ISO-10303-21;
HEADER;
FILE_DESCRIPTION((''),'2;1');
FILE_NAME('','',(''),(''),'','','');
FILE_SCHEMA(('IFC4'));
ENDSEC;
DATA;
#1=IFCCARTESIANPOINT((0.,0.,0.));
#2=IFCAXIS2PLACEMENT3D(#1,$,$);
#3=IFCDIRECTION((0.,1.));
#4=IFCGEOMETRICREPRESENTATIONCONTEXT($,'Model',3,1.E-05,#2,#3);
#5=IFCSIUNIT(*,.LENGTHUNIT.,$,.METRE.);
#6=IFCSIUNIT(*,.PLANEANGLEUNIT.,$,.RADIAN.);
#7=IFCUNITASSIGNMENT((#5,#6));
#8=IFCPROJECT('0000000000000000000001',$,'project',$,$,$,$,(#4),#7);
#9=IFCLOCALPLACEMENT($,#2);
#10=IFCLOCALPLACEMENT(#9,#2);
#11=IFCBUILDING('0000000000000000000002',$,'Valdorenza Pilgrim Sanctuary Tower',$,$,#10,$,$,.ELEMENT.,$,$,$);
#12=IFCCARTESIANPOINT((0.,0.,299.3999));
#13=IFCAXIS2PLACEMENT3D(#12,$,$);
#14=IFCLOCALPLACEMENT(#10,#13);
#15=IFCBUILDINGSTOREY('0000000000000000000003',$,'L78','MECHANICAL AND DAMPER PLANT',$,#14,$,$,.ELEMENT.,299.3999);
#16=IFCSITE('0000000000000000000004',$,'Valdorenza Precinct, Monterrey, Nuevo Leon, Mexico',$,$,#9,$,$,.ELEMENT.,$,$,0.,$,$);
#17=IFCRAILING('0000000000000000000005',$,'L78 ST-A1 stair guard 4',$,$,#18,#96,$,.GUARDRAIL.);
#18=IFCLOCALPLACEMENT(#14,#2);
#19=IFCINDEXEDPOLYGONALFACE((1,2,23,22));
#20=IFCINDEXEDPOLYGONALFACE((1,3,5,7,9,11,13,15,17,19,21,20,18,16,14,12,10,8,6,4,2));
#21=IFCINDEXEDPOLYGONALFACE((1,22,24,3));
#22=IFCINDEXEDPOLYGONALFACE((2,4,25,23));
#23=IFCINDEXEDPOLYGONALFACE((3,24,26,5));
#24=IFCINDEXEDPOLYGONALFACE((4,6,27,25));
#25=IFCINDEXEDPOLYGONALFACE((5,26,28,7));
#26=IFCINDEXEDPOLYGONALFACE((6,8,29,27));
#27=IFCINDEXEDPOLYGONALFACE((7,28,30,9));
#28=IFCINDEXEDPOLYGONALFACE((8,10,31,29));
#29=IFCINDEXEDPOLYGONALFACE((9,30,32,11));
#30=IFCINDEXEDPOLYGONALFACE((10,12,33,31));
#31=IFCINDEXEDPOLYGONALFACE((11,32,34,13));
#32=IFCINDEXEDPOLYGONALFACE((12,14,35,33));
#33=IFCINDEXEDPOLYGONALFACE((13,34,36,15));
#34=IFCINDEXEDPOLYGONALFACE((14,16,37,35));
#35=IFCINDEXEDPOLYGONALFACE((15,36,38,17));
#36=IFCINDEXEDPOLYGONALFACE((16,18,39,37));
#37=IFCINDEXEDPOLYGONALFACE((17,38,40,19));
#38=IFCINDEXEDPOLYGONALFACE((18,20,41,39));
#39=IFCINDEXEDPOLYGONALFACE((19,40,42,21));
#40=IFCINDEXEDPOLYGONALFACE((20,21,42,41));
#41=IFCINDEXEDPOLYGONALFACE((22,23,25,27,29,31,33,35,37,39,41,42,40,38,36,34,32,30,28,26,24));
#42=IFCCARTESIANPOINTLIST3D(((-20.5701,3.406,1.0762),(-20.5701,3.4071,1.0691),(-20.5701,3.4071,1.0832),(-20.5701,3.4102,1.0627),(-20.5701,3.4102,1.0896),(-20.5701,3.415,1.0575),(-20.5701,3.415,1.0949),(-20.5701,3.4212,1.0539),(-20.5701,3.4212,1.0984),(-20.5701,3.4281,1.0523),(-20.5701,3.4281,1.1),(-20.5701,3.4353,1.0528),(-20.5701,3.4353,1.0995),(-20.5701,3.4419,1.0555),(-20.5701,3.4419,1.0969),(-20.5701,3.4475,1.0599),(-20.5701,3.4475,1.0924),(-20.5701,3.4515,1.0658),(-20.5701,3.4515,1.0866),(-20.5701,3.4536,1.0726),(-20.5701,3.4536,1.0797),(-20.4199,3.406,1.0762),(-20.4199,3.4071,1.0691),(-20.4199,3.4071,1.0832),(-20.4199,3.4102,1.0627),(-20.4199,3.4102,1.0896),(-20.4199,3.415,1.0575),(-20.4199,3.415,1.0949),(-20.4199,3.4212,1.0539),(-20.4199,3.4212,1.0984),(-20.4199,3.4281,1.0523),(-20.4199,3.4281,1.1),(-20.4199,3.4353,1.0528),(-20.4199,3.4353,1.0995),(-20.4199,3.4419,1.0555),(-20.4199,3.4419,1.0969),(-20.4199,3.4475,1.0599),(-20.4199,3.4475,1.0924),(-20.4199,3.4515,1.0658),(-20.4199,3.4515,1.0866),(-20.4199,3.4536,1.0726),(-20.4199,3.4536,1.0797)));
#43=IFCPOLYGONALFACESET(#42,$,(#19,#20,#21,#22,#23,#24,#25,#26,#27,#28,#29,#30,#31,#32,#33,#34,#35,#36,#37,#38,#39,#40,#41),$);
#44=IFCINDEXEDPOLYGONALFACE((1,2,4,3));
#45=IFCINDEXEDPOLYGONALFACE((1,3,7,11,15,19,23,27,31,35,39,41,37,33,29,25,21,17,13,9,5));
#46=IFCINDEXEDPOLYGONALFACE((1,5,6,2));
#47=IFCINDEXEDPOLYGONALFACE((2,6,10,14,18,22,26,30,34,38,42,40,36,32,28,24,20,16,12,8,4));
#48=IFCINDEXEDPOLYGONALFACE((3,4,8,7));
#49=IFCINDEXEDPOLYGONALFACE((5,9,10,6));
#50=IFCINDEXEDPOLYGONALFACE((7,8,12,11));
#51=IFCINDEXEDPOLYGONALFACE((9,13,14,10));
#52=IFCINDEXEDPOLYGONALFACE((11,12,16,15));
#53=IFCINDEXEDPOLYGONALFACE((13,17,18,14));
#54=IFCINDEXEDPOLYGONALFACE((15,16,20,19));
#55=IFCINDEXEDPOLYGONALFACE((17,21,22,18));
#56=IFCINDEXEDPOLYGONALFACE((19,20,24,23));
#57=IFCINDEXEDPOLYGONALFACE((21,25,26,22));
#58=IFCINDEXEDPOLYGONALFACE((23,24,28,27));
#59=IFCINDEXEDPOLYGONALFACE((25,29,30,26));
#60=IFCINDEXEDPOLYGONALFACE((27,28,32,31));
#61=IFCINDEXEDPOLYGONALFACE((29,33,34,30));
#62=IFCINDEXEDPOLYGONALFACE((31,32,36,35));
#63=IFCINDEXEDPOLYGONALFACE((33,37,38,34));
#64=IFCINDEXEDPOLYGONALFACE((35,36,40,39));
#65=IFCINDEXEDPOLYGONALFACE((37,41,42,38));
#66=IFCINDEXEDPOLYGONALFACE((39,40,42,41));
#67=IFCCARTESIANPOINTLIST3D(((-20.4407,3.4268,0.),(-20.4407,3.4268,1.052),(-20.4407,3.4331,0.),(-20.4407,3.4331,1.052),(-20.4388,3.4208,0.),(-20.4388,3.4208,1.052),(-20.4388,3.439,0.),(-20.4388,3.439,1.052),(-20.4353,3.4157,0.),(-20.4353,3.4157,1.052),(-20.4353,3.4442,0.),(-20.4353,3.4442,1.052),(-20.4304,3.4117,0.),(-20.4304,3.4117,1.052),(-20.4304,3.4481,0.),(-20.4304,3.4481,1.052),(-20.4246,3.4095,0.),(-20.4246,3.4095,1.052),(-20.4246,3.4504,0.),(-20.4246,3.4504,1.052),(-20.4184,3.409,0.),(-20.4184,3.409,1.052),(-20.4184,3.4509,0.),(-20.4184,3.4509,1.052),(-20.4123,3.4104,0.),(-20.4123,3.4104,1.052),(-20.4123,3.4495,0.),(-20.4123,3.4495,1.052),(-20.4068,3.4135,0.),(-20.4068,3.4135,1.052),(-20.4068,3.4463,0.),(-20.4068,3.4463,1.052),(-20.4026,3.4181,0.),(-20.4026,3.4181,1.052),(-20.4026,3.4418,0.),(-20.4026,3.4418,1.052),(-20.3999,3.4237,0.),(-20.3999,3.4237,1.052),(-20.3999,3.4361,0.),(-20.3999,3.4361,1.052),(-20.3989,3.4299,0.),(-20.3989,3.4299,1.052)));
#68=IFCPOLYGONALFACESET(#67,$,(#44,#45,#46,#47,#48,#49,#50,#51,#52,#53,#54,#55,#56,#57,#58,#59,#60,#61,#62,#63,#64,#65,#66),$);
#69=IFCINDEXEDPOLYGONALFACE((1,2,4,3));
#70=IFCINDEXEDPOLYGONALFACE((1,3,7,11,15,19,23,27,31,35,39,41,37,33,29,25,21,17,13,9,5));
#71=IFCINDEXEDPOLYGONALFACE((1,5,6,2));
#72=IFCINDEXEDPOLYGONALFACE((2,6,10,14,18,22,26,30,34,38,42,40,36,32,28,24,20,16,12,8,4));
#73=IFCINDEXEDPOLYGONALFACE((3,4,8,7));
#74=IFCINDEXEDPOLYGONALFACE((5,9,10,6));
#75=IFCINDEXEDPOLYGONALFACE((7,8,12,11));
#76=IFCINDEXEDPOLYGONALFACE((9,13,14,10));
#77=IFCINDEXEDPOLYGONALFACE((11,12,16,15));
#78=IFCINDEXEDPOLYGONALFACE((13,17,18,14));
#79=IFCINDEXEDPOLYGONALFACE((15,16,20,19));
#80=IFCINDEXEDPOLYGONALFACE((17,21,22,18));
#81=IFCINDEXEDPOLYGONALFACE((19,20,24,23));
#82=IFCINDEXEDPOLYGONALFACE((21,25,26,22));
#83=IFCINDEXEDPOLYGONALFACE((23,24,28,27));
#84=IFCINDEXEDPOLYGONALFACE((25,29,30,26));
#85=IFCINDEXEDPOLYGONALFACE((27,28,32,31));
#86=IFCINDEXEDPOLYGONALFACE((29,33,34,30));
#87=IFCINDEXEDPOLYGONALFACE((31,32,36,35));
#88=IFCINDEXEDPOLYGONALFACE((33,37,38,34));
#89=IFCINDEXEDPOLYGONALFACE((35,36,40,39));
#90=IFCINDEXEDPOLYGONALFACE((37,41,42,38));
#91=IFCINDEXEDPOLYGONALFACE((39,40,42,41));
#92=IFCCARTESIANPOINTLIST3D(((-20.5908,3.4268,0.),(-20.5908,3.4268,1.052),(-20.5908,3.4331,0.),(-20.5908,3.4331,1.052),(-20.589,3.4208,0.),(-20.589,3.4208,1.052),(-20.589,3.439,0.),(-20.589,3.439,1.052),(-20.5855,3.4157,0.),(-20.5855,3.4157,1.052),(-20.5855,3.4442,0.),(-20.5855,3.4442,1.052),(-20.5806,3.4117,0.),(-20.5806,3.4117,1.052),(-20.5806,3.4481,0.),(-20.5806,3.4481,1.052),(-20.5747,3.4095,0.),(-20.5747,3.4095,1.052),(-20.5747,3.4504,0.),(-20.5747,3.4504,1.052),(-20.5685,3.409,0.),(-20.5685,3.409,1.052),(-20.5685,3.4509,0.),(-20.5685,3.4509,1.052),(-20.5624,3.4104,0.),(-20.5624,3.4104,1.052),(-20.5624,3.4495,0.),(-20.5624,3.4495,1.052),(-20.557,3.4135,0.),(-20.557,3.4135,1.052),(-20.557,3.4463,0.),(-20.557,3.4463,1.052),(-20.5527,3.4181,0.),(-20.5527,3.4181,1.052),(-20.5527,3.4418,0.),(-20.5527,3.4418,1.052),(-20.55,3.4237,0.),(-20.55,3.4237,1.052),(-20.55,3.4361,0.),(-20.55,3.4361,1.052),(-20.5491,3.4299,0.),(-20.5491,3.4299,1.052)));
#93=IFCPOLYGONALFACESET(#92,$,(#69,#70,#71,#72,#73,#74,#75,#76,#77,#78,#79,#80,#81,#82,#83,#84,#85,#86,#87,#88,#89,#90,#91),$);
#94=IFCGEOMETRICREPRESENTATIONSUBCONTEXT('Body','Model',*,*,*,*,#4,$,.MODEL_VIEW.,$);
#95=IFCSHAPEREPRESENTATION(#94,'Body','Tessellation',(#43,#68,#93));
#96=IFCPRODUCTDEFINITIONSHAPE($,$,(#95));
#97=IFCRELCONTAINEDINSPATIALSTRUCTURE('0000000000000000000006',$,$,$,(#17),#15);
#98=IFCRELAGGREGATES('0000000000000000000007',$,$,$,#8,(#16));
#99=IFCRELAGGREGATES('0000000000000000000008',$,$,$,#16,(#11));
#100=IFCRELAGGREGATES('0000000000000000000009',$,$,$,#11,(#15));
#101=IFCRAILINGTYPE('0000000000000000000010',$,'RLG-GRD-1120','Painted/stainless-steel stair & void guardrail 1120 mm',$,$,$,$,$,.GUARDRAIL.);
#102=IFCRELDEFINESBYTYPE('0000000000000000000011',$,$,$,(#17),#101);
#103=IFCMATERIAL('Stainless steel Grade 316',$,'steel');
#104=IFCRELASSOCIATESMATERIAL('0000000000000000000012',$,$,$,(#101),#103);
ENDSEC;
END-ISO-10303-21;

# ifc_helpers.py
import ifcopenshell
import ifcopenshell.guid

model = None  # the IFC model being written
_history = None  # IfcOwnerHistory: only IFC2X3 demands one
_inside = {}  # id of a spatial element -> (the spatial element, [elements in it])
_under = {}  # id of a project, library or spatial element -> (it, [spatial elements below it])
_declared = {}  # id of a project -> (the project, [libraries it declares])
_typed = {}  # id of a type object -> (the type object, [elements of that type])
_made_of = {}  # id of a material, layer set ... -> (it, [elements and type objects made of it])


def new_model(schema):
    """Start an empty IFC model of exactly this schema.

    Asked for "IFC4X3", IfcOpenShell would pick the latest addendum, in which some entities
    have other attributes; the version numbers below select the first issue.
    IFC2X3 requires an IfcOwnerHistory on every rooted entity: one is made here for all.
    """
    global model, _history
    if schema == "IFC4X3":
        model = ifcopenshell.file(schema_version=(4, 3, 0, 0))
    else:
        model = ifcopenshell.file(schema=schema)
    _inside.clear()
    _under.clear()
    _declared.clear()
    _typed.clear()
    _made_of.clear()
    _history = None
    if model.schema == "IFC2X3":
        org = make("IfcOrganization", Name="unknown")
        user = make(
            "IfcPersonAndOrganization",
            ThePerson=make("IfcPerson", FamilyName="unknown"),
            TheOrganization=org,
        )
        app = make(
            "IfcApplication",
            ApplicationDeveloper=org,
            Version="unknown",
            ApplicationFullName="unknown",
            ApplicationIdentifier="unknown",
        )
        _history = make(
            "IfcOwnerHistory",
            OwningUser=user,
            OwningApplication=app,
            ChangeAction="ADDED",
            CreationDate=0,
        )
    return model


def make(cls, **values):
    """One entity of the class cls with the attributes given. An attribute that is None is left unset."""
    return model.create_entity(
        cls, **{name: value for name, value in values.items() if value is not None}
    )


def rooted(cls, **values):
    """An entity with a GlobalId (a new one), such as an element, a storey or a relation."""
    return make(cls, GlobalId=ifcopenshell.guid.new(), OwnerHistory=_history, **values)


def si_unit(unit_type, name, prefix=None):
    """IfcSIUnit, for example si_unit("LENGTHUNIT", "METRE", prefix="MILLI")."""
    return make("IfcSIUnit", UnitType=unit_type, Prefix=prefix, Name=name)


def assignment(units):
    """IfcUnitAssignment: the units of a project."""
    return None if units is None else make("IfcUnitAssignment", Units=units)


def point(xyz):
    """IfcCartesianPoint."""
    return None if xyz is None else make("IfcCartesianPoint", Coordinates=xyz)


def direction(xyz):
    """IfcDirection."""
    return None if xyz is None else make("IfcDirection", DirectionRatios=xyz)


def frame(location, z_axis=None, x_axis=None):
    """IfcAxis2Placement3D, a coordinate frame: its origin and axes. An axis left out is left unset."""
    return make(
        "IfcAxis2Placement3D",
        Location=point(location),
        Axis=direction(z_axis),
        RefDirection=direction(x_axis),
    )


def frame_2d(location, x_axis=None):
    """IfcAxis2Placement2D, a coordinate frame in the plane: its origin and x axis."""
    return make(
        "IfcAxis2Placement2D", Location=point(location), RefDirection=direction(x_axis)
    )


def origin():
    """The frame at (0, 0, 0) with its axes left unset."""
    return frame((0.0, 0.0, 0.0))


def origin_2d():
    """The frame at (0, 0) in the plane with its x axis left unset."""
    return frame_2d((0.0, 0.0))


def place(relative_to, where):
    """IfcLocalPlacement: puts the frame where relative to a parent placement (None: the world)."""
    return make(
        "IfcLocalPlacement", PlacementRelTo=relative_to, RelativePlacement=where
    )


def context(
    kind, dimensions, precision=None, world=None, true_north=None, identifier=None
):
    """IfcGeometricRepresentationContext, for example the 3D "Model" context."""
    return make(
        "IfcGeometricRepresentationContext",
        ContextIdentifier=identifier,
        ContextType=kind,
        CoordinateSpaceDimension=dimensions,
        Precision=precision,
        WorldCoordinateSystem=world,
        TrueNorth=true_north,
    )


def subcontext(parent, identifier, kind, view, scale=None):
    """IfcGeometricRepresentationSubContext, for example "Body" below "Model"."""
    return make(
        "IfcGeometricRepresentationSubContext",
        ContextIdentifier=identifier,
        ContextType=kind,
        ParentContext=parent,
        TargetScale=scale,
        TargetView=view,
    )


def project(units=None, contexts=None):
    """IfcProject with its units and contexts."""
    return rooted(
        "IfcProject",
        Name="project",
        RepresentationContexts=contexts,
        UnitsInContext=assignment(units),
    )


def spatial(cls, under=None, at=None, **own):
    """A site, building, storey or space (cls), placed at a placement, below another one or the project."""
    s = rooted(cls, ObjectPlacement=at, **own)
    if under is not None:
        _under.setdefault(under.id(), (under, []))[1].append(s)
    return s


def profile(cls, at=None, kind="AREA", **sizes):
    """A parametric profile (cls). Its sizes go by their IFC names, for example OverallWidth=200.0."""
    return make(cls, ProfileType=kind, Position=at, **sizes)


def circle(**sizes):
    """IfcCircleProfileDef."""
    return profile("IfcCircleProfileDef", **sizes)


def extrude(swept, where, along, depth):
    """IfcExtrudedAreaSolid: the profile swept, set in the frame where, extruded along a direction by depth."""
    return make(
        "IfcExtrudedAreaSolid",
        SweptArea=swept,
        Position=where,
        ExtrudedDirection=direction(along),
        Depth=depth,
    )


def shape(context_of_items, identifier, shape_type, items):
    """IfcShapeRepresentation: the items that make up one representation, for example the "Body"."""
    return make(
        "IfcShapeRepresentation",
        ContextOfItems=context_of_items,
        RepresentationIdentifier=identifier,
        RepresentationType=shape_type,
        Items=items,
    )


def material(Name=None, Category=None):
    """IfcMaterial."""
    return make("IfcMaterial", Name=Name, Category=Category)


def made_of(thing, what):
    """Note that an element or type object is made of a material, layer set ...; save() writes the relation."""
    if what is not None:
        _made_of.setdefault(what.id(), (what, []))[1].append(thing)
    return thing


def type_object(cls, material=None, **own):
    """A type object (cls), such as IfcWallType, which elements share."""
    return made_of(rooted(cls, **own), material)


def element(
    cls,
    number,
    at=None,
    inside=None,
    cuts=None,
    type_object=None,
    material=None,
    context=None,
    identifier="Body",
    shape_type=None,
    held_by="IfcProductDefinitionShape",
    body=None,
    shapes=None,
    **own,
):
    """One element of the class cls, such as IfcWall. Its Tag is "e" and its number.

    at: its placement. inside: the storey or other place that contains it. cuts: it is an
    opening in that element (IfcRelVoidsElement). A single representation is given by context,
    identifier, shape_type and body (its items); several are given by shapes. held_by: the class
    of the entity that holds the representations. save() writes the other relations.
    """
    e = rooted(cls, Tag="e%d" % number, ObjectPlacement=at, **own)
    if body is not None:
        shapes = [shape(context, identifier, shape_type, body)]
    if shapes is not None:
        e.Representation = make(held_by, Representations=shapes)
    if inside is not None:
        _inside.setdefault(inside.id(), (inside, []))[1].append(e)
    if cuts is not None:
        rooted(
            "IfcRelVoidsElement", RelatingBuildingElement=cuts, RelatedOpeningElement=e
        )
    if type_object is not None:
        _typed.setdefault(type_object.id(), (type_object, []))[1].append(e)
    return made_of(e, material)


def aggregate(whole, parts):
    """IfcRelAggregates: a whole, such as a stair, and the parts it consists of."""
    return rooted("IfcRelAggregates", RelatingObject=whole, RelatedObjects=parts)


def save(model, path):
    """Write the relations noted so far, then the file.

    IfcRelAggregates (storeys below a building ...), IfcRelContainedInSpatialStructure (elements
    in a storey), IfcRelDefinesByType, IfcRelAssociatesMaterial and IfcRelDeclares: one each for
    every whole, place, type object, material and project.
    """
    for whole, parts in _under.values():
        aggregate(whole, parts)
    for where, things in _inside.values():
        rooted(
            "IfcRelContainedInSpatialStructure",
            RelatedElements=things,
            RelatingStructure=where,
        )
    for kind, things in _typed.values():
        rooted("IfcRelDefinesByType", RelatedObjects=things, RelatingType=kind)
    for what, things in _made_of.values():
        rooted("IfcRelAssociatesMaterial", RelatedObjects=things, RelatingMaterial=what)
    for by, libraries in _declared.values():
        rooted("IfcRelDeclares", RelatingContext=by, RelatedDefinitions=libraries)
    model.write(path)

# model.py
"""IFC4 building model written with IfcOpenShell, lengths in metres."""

from ifc_helpers import new_model, si_unit, direction, frame, origin, origin_2d, place, context, subcontext, project, spatial, circle, extrude, material, type_object, element, save


model = new_model("IFC4")

# Units and contexts
model_context = context("Model", 3, precision=1e-05, world=origin(), true_north=direction((0.0, 1.0)))
body_context = subcontext(model_context, "Body", "Model", "MODEL_VIEW")
ifc_project = project(units=[si_unit("LENGTHUNIT", "METRE"), si_unit("PLANEANGLEUNIT", "RADIAN")], contexts=[model_context])

# Site, building, storey
site_placement = place(None, origin())
site = spatial("IfcSite", under=ifc_project, at=site_placement, Name="Valdorenza Precinct, Monterrey, Nuevo Leon, Mexico", CompositionType="ELEMENT", RefElevation=0.0)
building_placement = place(site_placement, origin())
building = spatial("IfcBuilding", under=site, at=building_placement, Name="Valdorenza Pilgrim Sanctuary Tower", CompositionType="ELEMENT")
storey_placement = place(building_placement, frame((0.0, 0.0, 299.3999)))
storey = spatial("IfcBuildingStorey", under=building, at=storey_placement, Name="L78", Description="MECHANICAL AND DAMPER PLANT", CompositionType="ELEMENT", Elevation=299.3999)

# Railing
ifc_material_1 = material(Name="Stainless steel Grade 316", Category="steel")
railing_type_1 = type_object("IfcRailingType", Name="RLG-GRD-1120", Description="Painted/stainless-steel stair & void guardrail 1120 mm", PredefinedType="GUARDRAIL", material=ifc_material_1)
railing_1_placement = place(storey_placement, frame((-20.4199, 3.4299, 0.0)))
element("IfcRailing", 1, at=railing_1_placement, inside=storey, type_object=railing_type_1, Name="L78 ST-A1 stair guard 4", PredefinedType="GUARDRAIL", context=body_context, shape_type="SweptSolid", body=[
    extrude(circle(Radius=0.0239, at=origin_2d()), frame((0.0, 0.0, 1.0762), z_axis=(-1.0, 0.0, 0.0), x_axis=(0.0, -1.0, 0.0)), (0.0, 0.0, 1.0), 0.1501),
    extrude(circle(Radius=0.021, at=origin_2d()), origin(), (0.0, 0.0, 1.0), 1.052),
    extrude(circle(Radius=0.021, at=origin_2d()), frame((-0.1501, 0.0, 0.0)), (0.0, 0.0, 1.0), 1.052),
])

save(model, "model.ifc")
